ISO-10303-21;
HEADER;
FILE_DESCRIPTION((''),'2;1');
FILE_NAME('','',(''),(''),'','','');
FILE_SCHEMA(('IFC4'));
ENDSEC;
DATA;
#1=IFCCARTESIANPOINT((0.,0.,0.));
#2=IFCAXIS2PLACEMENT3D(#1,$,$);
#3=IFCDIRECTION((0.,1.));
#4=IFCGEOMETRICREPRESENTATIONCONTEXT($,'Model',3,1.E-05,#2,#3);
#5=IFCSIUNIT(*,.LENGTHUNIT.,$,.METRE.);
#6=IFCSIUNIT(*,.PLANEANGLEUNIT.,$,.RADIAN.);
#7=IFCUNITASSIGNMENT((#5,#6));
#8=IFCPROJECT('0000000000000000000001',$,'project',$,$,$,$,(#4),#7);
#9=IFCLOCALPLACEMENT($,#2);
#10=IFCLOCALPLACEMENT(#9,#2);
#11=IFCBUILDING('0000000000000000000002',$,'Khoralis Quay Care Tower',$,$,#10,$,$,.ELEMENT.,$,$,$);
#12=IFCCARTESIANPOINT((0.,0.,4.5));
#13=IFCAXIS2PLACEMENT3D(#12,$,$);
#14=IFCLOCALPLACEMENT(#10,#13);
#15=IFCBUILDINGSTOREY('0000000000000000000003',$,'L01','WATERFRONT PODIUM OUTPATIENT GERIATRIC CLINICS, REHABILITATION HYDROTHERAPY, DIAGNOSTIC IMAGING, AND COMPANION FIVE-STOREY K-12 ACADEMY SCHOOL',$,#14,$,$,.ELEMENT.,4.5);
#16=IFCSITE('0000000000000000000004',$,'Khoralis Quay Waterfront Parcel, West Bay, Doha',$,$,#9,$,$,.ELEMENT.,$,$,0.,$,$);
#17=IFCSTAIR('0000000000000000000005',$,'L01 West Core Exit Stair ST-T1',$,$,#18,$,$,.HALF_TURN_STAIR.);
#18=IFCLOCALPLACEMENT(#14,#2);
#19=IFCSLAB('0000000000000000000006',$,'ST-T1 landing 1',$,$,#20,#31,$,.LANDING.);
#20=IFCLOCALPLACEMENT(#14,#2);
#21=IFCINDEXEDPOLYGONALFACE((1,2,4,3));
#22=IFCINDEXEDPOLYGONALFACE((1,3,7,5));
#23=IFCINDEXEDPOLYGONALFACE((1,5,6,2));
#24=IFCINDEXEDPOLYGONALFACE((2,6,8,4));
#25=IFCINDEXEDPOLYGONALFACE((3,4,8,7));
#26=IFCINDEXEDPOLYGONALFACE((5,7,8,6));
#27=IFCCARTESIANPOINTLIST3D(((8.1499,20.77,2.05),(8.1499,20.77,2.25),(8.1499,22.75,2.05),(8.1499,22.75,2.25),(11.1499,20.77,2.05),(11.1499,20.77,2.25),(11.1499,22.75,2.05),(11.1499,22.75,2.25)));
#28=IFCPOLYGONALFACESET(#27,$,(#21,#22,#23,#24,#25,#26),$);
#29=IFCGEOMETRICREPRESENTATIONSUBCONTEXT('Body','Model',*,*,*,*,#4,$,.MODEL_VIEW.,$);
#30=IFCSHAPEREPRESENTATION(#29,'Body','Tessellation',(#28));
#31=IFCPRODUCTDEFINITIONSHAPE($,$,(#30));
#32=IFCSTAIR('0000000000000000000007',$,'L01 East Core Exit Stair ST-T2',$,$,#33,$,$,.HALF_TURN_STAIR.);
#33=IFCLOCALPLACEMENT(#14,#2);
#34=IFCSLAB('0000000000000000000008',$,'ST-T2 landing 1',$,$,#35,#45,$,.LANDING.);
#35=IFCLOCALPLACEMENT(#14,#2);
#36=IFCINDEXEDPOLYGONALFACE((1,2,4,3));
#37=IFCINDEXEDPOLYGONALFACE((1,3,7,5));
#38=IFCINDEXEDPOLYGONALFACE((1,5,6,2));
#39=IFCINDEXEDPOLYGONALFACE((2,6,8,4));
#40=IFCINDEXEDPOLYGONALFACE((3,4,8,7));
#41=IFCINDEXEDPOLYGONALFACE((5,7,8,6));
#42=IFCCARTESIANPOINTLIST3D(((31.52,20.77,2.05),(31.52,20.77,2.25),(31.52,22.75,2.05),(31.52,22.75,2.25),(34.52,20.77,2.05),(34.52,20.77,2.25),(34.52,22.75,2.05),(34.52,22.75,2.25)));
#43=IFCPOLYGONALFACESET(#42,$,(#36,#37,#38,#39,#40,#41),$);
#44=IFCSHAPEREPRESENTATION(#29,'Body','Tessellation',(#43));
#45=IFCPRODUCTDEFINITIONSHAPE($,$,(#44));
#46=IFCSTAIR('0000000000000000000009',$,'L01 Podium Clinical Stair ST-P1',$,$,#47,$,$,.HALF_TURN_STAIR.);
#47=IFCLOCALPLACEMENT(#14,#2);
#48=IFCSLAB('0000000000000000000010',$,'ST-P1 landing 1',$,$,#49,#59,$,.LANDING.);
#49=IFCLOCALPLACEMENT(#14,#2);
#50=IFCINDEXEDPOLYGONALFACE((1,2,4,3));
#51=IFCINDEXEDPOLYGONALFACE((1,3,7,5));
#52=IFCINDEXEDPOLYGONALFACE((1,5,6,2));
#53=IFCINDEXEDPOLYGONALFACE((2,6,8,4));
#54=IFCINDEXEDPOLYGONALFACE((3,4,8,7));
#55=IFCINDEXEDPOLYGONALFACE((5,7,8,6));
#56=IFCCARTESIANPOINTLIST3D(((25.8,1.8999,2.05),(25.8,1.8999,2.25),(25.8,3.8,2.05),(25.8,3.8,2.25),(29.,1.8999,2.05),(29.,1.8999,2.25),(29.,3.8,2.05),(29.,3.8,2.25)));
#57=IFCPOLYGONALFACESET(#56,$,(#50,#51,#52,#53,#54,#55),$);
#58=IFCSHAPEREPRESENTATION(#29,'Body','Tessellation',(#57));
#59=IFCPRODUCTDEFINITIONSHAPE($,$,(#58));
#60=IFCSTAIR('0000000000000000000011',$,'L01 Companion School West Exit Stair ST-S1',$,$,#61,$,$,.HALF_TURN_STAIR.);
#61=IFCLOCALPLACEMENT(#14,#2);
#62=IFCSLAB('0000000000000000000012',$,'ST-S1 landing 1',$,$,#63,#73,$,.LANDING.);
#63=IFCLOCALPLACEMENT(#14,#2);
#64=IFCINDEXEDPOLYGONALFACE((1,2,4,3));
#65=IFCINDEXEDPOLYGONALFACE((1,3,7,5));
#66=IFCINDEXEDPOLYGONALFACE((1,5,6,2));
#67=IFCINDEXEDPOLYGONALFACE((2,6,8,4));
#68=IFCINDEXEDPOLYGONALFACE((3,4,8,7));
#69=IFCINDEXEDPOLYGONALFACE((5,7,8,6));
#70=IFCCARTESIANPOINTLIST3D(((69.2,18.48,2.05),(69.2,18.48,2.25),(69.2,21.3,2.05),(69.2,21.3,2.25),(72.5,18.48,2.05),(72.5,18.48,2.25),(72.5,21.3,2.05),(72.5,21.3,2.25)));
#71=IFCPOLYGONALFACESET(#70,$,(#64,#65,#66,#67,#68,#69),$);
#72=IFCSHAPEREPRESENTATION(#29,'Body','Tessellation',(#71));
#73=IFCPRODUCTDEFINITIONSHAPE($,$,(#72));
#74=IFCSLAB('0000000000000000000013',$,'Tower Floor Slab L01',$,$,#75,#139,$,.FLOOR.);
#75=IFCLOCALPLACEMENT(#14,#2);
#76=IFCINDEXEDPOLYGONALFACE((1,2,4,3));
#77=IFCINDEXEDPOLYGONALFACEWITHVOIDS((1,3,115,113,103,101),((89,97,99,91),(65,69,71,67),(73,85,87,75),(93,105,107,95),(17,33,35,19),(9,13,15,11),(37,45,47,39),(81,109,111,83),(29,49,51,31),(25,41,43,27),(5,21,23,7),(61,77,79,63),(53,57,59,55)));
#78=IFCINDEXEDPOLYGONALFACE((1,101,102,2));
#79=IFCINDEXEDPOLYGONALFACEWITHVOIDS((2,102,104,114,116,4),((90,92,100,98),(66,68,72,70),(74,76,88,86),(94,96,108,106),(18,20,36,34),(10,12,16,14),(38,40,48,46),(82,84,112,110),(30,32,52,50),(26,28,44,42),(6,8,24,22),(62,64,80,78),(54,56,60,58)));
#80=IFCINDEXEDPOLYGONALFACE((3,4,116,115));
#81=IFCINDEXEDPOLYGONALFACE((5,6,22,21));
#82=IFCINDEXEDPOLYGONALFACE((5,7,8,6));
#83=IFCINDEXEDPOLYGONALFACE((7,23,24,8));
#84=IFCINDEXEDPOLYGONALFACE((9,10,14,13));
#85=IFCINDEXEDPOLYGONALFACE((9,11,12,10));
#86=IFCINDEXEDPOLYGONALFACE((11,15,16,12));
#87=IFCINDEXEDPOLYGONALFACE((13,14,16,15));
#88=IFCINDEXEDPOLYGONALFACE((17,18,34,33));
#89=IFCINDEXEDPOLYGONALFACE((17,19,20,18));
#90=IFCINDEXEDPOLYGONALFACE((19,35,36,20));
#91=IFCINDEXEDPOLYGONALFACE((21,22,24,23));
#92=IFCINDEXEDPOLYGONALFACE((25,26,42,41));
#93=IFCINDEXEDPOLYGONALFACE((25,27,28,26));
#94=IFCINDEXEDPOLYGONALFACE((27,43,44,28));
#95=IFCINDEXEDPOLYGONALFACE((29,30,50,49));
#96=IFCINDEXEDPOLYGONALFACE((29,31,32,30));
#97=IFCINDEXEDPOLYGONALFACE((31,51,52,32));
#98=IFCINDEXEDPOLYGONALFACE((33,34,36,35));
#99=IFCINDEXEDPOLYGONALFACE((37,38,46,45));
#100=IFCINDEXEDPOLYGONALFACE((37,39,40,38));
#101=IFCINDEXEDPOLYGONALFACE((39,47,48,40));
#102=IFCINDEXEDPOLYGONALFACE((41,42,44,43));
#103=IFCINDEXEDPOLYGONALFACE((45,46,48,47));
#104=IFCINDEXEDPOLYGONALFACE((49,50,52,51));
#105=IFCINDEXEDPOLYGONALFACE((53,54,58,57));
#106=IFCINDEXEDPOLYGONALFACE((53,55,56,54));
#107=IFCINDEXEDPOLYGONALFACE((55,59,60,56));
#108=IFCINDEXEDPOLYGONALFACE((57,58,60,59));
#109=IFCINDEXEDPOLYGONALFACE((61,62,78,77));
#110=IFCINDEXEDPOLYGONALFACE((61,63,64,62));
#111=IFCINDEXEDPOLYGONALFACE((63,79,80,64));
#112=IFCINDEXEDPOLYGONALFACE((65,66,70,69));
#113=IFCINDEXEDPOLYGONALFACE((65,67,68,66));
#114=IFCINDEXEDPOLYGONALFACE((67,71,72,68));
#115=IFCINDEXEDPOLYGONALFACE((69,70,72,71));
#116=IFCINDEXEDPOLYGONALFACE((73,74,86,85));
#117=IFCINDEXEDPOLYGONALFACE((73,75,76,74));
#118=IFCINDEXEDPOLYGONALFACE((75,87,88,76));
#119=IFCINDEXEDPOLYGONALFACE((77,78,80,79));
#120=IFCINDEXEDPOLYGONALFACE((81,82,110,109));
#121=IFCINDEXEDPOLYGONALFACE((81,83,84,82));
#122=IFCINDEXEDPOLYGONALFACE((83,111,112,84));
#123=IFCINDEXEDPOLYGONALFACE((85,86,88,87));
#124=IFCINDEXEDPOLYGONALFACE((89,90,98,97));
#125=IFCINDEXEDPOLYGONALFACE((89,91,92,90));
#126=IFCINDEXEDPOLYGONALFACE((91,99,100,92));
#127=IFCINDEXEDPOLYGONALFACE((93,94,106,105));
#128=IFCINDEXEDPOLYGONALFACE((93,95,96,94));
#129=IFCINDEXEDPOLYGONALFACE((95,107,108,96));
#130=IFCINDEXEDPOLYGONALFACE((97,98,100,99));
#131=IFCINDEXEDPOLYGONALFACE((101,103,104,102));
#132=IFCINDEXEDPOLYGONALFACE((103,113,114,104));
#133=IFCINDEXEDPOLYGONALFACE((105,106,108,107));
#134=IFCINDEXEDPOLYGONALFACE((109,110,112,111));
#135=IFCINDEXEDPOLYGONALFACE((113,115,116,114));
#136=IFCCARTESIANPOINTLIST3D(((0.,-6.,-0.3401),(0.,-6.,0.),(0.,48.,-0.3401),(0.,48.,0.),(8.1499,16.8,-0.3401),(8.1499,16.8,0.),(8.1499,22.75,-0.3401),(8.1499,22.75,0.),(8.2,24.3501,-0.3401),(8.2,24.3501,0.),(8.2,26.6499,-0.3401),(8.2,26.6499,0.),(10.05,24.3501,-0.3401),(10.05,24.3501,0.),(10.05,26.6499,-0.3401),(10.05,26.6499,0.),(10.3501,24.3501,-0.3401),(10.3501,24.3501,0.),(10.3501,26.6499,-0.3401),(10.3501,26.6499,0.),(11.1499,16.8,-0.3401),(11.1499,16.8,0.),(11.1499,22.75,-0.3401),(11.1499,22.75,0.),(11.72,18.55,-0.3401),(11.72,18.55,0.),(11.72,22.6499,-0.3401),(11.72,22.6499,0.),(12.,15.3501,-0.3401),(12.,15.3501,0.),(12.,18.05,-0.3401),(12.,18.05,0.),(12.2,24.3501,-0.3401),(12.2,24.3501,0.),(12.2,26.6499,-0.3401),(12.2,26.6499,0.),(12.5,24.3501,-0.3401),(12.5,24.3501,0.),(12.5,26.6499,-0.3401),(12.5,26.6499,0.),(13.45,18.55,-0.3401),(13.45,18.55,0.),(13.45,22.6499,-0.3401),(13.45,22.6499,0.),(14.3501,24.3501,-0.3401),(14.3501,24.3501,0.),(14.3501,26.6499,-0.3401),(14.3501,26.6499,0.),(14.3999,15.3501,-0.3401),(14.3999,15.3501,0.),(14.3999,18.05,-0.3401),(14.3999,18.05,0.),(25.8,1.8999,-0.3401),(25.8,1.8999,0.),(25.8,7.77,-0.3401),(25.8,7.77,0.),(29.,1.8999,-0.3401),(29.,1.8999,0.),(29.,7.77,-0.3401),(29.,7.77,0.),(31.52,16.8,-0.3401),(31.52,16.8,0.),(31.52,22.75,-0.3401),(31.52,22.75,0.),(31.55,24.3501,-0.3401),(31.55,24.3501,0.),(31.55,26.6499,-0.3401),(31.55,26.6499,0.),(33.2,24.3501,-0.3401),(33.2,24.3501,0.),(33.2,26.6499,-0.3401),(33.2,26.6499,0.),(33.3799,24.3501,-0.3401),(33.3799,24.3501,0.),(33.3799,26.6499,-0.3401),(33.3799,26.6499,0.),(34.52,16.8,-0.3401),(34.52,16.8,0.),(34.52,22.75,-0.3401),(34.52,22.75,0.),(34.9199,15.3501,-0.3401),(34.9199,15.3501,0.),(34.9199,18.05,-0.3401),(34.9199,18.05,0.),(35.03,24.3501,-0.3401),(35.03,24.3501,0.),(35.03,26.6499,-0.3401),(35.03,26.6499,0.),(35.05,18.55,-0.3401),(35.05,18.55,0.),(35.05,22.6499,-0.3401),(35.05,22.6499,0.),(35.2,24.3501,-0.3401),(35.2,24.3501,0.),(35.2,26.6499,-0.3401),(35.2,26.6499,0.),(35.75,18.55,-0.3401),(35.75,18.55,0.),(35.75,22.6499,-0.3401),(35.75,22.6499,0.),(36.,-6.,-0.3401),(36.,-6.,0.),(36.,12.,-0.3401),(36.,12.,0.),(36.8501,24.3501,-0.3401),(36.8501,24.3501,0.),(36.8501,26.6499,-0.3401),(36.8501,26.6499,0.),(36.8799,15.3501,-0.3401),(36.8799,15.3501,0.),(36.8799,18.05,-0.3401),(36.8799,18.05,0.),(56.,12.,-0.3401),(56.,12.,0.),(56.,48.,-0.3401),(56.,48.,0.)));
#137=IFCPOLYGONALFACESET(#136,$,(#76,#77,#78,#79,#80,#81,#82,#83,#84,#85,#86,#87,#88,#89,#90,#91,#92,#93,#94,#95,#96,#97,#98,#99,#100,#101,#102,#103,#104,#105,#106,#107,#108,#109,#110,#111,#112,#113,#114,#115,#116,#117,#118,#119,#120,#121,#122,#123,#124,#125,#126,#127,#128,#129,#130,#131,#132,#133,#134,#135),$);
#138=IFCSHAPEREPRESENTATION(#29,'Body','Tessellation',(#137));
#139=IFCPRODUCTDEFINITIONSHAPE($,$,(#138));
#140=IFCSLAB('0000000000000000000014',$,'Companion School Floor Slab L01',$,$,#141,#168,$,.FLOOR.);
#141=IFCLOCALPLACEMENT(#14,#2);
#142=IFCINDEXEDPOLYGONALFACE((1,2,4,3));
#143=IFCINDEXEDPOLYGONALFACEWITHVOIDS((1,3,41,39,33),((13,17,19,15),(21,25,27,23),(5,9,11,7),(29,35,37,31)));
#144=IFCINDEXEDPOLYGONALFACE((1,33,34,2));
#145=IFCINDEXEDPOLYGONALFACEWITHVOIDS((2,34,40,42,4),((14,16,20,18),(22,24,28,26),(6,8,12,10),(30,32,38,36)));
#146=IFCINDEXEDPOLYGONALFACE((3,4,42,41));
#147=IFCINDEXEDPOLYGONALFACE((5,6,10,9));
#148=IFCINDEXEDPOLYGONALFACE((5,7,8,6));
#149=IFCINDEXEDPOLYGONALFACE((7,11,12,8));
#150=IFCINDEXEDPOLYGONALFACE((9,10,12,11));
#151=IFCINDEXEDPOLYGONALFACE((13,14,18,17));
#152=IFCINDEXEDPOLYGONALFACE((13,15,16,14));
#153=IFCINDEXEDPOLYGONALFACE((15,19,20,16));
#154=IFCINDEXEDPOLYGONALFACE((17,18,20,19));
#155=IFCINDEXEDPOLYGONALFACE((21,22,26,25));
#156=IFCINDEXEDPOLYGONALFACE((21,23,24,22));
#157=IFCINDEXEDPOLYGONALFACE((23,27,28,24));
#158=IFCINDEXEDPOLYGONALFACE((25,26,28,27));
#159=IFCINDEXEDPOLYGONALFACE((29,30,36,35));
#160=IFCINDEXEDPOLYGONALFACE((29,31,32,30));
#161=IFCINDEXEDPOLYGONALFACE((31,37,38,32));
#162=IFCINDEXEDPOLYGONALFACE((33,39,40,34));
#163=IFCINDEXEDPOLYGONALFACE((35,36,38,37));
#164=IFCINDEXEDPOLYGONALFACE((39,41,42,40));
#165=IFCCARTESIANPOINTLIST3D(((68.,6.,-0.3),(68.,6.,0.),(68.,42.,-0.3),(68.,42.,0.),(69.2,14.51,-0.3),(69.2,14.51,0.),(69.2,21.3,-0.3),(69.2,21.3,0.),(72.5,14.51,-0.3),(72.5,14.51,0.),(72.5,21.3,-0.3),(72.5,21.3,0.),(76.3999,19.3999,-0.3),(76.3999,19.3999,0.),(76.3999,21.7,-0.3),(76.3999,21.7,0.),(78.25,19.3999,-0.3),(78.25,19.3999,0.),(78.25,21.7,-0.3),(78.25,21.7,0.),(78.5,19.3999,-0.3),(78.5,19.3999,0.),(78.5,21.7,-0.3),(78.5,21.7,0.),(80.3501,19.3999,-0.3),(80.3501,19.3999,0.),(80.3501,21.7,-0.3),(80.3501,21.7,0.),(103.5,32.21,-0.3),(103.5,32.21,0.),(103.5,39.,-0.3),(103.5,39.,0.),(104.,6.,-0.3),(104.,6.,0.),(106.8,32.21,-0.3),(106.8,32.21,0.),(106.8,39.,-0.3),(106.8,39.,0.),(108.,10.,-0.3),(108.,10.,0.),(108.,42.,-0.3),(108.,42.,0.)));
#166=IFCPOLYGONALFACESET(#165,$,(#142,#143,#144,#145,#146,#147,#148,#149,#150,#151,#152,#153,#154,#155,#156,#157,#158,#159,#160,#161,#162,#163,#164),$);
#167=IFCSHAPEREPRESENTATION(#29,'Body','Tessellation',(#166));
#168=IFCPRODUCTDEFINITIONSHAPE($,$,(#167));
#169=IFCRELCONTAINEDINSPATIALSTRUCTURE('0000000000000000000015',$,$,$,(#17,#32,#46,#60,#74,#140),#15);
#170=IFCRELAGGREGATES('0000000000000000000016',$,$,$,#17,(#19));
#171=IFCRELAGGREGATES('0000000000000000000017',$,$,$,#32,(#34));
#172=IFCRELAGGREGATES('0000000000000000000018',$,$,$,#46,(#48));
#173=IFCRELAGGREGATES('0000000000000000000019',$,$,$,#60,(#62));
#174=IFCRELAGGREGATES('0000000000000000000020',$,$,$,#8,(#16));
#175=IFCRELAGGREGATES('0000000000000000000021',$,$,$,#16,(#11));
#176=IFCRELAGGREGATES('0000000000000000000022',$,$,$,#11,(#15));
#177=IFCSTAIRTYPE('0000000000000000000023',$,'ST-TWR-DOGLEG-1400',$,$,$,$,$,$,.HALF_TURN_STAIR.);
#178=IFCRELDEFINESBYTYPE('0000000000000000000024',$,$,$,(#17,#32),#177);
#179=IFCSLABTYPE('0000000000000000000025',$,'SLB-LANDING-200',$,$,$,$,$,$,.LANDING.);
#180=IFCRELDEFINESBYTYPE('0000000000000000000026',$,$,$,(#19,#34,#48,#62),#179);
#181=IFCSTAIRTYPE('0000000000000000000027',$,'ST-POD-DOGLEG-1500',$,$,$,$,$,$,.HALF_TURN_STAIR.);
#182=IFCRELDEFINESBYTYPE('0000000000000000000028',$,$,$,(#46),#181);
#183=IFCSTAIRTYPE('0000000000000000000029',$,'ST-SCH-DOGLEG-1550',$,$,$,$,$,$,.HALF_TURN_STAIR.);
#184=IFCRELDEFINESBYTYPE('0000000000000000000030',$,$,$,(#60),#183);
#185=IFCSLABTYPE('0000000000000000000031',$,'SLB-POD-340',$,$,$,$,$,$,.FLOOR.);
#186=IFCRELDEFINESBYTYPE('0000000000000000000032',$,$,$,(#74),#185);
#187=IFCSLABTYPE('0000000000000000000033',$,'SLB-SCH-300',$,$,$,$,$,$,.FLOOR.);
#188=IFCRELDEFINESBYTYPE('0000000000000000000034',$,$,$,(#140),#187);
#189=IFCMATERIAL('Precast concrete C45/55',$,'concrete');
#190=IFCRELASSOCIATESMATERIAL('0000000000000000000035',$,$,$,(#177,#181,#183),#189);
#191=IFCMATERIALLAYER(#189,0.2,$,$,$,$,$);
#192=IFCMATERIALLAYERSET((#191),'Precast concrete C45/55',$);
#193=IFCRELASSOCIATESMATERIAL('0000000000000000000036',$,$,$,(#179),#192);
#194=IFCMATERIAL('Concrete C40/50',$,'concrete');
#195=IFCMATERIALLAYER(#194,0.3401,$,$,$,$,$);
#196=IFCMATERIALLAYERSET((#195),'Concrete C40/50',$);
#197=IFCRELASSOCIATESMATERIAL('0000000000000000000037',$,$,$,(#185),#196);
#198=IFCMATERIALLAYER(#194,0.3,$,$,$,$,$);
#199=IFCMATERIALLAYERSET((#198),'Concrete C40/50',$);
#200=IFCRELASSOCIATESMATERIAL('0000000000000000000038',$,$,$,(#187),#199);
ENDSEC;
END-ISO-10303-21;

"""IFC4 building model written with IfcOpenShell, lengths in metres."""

from ifc_helpers import new_model, si_unit, direction, frame, origin, place, context, subcontext, project, spatial, polyline, outline, extrude, material, layer, layer_set, type_object, element, aggregate, save


model = new_model("IFC4")

# Units and contexts
model_context = context("Model", 3, precision=1e-05, world=origin(), true_north=direction((0.0, 1.0)))
body_context = subcontext(model_context, "Body", "Model", "MODEL_VIEW")
ifc_project = project(units=[si_unit("LENGTHUNIT", "METRE"), si_unit("PLANEANGLEUNIT", "RADIAN")], contexts=[model_context])

# Site, building, storey
site_placement = place(None, origin())
site = spatial("IfcSite", under=ifc_project, at=site_placement, Name="Khoralis Quay Waterfront Parcel, West Bay, Doha", CompositionType="ELEMENT", RefElevation=0.0)
building_placement = place(site_placement, origin())
building = spatial("IfcBuilding", under=site, at=building_placement, Name="Khoralis Quay Care Tower", CompositionType="ELEMENT")
storey_placement = place(building_placement, frame((0.0, 0.0, 4.5)))
storey = spatial("IfcBuildingStorey", under=building, at=storey_placement, Name="L01", Description="WATERFRONT PODIUM OUTPATIENT GERIATRIC CLINICS, REHABILITATION HYDROTHERAPY, DIAGNOSTIC IMAGING, AND COMPANION FIVE-STOREY K-12 ACADEMY SCHOOL", CompositionType="ELEMENT", Elevation=4.5)

# Stairs, slabs
ifc_material_1 = material(Name="Precast concrete C45/55", Category="concrete")
stair_type_1 = type_object("IfcStairType", Name="ST-TWR-DOGLEG-1400", PredefinedType="HALF_TURN_STAIR", material=ifc_material_1)
stair_1_placement = place(storey_placement, origin())
stair_1 = element("IfcStair", 1, at=stair_1_placement, inside=storey, type_object=stair_type_1, Name="L01 West Core Exit Stair ST-T1", PredefinedType="HALF_TURN_STAIR")
ifc_layer_1 = layer(ifc_material_1, 0.2)
ifc_layer_set_1 = layer_set([ifc_layer_1], Name="Precast concrete C45/55")
slab_type_1 = type_object("IfcSlabType", Name="SLB-LANDING-200", PredefinedType="LANDING", material=ifc_layer_set_1)
slab_1_placement = place(storey_placement, frame((0.0, 0.0, 2.05)))
slab_1 = element("IfcSlab", 2, at=slab_1_placement, type_object=slab_type_1, Name="ST-T1 landing 1", PredefinedType="LANDING", context=body_context, shape_type="SweptSolid", body=[
    extrude(outline(polyline([(11.1499, 20.77), (11.1499, 22.75), (8.1499, 22.75), (8.1499, 20.77), (11.1499, 20.77)])), origin(), (0.0, 0.0, 1.0), 0.2),
])
aggregate(stair_1, [slab_1])
stair_2_placement = place(storey_placement, origin())
stair_2 = element("IfcStair", 3, at=stair_2_placement, inside=storey, type_object=stair_type_1, Name="L01 East Core Exit Stair ST-T2", PredefinedType="HALF_TURN_STAIR")
slab_2_placement = place(storey_placement, frame((0.0, 0.0, 2.05)))
slab_2 = element("IfcSlab", 4, at=slab_2_placement, type_object=slab_type_1, Name="ST-T2 landing 1", PredefinedType="LANDING", context=body_context, shape_type="SweptSolid", body=[
    extrude(outline(polyline([(34.52, 20.77), (34.52, 22.75), (31.52, 22.75), (31.52, 20.77), (34.52, 20.77)])), origin(), (0.0, 0.0, 1.0), 0.2),
])
aggregate(stair_2, [slab_2])
stair_type_2 = type_object("IfcStairType", Name="ST-POD-DOGLEG-1500", PredefinedType="HALF_TURN_STAIR", material=ifc_material_1)
stair_3_placement = place(storey_placement, origin())
stair_3 = element("IfcStair", 5, at=stair_3_placement, inside=storey, type_object=stair_type_2, Name="L01 Podium Clinical Stair ST-P1", PredefinedType="HALF_TURN_STAIR")
slab_3_placement = place(storey_placement, frame((0.0, 0.0, 2.05)))
slab_3 = element("IfcSlab", 6, at=slab_3_placement, type_object=slab_type_1, Name="ST-P1 landing 1", PredefinedType="LANDING", context=body_context, shape_type="SweptSolid", body=[
    extrude(outline(polyline([(25.8, 3.8), (25.8, 1.8999), (29.0, 1.8999), (29.0, 3.8), (25.8, 3.8)])), origin(), (0.0, 0.0, 1.0), 0.2),
])
aggregate(stair_3, [slab_3])
stair_type_3 = type_object("IfcStairType", Name="ST-SCH-DOGLEG-1550", PredefinedType="HALF_TURN_STAIR", material=ifc_material_1)
stair_4_placement = place(storey_placement, origin())
stair_4 = element("IfcStair", 7, at=stair_4_placement, inside=storey, type_object=stair_type_3, Name="L01 Companion School West Exit Stair ST-S1", PredefinedType="HALF_TURN_STAIR")
slab_4_placement = place(storey_placement, frame((0.0, 0.0, 2.05)))
slab_4 = element("IfcSlab", 8, at=slab_4_placement, type_object=slab_type_1, Name="ST-S1 landing 1", PredefinedType="LANDING", context=body_context, shape_type="SweptSolid", body=[
    extrude(outline(polyline([(72.5, 18.48), (72.5, 21.3), (69.2, 21.3), (69.2, 18.48), (72.5, 18.48)])), origin(), (0.0, 0.0, 1.0), 0.2),
])
aggregate(stair_4, [slab_4])

# Slabs
ifc_material_2 = material(Name="Concrete C40/50", Category="concrete")
ifc_layer_2 = layer(ifc_material_2, 0.3401)
ifc_layer_set_2 = layer_set([ifc_layer_2], Name="Concrete C40/50")
slab_type_2 = type_object("IfcSlabType", Name="SLB-POD-340", PredefinedType="FLOOR", material=ifc_layer_set_2)
slab_5_placement = place(storey_placement, frame((0.0, 0.0, -0.3401)))
element("IfcSlab", 9, at=slab_5_placement, inside=storey, type_object=slab_type_2, Name="Tower Floor Slab L01", PredefinedType="FLOOR", context=body_context, shape_type="SweptSolid", body=[
    extrude(outline(polyline([(0.0, -6.0), (36.0, -6.0), (36.0, 12.0), (56.0, 12.0), (56.0, 48.0), (0.0, 48.0), (0.0, -6.0)]), holes=[polyline([(11.1499, 16.8), (11.1499, 22.75), (8.1499, 22.75), (8.1499, 16.8), (11.1499, 16.8)]), polyline([(34.52, 16.8), (34.52, 22.75), (31.52, 22.75), (31.52, 16.8), (34.52, 16.8)]), polyline([(25.8, 7.77), (25.8, 1.8999), (29.0, 1.8999), (29.0, 7.77), (25.8, 7.77)]), polyline([(12.0, 15.3501), (14.3999, 15.3501), (14.3999, 18.05), (12.0, 18.05), (12.0, 15.3501)]), polyline([(34.9199, 15.3501), (36.8799, 15.3501), (36.8799, 18.05), (34.9199, 18.05), (34.9199, 15.3501)]), polyline([(8.2, 24.3501), (10.05, 24.3501), (10.05, 26.6499), (8.2, 26.6499), (8.2, 24.3501)]), polyline([(31.55, 24.3501), (33.2, 24.3501), (33.2, 26.6499), (31.55, 26.6499), (31.55, 24.3501)]), polyline([(10.3501, 24.3501), (12.2, 24.3501), (12.2, 26.6499), (10.3501, 26.6499), (10.3501, 24.3501)]), polyline([(33.3799, 24.3501), (35.03, 24.3501), (35.03, 26.6499), (33.3799, 26.6499), (33.3799, 24.3501)]), polyline([(12.5, 24.3501), (14.3501, 24.3501), (14.3501, 26.6499), (12.5, 26.6499), (12.5, 24.3501)]), polyline([(35.2, 24.3501), (36.8501, 24.3501), (36.8501, 26.6499), (35.2, 26.6499), (35.2, 24.3501)]), polyline([(11.72, 18.55), (13.45, 18.55), (13.45, 22.6499), (11.72, 22.6499), (11.72, 18.55)]), polyline([(35.05, 18.55), (35.75, 18.55), (35.75, 22.6499), (35.05, 22.6499), (35.05, 18.55)])]), origin(), (0.0, 0.0, 1.0), 0.3401),
])
ifc_layer_3 = layer(ifc_material_2, 0.3)
ifc_layer_set_3 = layer_set([ifc_layer_3], Name="Concrete C40/50")
slab_type_3 = type_object("IfcSlabType", Name="SLB-SCH-300", PredefinedType="FLOOR", material=ifc_layer_set_3)
slab_6_placement = place(storey_placement, frame((0.0, 0.0, -0.3)))
element("IfcSlab", 10, at=slab_6_placement, inside=storey, type_object=slab_type_3, Name="Companion School Floor Slab L01", PredefinedType="FLOOR", context=body_context, shape_type="SweptSolid", body=[
    extrude(outline(polyline([(68.0, 6.0), (104.0, 6.0), (108.0, 10.0), (108.0, 42.0), (68.0, 42.0), (68.0, 6.0)]), holes=[polyline([(72.5, 14.51), (72.5, 21.3), (69.2, 21.3), (69.2, 14.51), (72.5, 14.51)]), polyline([(106.8, 32.21), (106.8, 39.0), (103.5, 39.0), (103.5, 32.21), (106.8, 32.21)]), polyline([(76.3999, 19.3999), (78.25, 19.3999), (78.25, 21.7), (76.3999, 21.7), (76.3999, 19.3999)]), polyline([(78.5, 19.3999), (80.3501, 19.3999), (80.3501, 21.7), (78.5, 21.7), (78.5, 19.3999)])]), origin(), (0.0, 0.0, 1.0), 0.3),
])

save(model, "model.ifc")
